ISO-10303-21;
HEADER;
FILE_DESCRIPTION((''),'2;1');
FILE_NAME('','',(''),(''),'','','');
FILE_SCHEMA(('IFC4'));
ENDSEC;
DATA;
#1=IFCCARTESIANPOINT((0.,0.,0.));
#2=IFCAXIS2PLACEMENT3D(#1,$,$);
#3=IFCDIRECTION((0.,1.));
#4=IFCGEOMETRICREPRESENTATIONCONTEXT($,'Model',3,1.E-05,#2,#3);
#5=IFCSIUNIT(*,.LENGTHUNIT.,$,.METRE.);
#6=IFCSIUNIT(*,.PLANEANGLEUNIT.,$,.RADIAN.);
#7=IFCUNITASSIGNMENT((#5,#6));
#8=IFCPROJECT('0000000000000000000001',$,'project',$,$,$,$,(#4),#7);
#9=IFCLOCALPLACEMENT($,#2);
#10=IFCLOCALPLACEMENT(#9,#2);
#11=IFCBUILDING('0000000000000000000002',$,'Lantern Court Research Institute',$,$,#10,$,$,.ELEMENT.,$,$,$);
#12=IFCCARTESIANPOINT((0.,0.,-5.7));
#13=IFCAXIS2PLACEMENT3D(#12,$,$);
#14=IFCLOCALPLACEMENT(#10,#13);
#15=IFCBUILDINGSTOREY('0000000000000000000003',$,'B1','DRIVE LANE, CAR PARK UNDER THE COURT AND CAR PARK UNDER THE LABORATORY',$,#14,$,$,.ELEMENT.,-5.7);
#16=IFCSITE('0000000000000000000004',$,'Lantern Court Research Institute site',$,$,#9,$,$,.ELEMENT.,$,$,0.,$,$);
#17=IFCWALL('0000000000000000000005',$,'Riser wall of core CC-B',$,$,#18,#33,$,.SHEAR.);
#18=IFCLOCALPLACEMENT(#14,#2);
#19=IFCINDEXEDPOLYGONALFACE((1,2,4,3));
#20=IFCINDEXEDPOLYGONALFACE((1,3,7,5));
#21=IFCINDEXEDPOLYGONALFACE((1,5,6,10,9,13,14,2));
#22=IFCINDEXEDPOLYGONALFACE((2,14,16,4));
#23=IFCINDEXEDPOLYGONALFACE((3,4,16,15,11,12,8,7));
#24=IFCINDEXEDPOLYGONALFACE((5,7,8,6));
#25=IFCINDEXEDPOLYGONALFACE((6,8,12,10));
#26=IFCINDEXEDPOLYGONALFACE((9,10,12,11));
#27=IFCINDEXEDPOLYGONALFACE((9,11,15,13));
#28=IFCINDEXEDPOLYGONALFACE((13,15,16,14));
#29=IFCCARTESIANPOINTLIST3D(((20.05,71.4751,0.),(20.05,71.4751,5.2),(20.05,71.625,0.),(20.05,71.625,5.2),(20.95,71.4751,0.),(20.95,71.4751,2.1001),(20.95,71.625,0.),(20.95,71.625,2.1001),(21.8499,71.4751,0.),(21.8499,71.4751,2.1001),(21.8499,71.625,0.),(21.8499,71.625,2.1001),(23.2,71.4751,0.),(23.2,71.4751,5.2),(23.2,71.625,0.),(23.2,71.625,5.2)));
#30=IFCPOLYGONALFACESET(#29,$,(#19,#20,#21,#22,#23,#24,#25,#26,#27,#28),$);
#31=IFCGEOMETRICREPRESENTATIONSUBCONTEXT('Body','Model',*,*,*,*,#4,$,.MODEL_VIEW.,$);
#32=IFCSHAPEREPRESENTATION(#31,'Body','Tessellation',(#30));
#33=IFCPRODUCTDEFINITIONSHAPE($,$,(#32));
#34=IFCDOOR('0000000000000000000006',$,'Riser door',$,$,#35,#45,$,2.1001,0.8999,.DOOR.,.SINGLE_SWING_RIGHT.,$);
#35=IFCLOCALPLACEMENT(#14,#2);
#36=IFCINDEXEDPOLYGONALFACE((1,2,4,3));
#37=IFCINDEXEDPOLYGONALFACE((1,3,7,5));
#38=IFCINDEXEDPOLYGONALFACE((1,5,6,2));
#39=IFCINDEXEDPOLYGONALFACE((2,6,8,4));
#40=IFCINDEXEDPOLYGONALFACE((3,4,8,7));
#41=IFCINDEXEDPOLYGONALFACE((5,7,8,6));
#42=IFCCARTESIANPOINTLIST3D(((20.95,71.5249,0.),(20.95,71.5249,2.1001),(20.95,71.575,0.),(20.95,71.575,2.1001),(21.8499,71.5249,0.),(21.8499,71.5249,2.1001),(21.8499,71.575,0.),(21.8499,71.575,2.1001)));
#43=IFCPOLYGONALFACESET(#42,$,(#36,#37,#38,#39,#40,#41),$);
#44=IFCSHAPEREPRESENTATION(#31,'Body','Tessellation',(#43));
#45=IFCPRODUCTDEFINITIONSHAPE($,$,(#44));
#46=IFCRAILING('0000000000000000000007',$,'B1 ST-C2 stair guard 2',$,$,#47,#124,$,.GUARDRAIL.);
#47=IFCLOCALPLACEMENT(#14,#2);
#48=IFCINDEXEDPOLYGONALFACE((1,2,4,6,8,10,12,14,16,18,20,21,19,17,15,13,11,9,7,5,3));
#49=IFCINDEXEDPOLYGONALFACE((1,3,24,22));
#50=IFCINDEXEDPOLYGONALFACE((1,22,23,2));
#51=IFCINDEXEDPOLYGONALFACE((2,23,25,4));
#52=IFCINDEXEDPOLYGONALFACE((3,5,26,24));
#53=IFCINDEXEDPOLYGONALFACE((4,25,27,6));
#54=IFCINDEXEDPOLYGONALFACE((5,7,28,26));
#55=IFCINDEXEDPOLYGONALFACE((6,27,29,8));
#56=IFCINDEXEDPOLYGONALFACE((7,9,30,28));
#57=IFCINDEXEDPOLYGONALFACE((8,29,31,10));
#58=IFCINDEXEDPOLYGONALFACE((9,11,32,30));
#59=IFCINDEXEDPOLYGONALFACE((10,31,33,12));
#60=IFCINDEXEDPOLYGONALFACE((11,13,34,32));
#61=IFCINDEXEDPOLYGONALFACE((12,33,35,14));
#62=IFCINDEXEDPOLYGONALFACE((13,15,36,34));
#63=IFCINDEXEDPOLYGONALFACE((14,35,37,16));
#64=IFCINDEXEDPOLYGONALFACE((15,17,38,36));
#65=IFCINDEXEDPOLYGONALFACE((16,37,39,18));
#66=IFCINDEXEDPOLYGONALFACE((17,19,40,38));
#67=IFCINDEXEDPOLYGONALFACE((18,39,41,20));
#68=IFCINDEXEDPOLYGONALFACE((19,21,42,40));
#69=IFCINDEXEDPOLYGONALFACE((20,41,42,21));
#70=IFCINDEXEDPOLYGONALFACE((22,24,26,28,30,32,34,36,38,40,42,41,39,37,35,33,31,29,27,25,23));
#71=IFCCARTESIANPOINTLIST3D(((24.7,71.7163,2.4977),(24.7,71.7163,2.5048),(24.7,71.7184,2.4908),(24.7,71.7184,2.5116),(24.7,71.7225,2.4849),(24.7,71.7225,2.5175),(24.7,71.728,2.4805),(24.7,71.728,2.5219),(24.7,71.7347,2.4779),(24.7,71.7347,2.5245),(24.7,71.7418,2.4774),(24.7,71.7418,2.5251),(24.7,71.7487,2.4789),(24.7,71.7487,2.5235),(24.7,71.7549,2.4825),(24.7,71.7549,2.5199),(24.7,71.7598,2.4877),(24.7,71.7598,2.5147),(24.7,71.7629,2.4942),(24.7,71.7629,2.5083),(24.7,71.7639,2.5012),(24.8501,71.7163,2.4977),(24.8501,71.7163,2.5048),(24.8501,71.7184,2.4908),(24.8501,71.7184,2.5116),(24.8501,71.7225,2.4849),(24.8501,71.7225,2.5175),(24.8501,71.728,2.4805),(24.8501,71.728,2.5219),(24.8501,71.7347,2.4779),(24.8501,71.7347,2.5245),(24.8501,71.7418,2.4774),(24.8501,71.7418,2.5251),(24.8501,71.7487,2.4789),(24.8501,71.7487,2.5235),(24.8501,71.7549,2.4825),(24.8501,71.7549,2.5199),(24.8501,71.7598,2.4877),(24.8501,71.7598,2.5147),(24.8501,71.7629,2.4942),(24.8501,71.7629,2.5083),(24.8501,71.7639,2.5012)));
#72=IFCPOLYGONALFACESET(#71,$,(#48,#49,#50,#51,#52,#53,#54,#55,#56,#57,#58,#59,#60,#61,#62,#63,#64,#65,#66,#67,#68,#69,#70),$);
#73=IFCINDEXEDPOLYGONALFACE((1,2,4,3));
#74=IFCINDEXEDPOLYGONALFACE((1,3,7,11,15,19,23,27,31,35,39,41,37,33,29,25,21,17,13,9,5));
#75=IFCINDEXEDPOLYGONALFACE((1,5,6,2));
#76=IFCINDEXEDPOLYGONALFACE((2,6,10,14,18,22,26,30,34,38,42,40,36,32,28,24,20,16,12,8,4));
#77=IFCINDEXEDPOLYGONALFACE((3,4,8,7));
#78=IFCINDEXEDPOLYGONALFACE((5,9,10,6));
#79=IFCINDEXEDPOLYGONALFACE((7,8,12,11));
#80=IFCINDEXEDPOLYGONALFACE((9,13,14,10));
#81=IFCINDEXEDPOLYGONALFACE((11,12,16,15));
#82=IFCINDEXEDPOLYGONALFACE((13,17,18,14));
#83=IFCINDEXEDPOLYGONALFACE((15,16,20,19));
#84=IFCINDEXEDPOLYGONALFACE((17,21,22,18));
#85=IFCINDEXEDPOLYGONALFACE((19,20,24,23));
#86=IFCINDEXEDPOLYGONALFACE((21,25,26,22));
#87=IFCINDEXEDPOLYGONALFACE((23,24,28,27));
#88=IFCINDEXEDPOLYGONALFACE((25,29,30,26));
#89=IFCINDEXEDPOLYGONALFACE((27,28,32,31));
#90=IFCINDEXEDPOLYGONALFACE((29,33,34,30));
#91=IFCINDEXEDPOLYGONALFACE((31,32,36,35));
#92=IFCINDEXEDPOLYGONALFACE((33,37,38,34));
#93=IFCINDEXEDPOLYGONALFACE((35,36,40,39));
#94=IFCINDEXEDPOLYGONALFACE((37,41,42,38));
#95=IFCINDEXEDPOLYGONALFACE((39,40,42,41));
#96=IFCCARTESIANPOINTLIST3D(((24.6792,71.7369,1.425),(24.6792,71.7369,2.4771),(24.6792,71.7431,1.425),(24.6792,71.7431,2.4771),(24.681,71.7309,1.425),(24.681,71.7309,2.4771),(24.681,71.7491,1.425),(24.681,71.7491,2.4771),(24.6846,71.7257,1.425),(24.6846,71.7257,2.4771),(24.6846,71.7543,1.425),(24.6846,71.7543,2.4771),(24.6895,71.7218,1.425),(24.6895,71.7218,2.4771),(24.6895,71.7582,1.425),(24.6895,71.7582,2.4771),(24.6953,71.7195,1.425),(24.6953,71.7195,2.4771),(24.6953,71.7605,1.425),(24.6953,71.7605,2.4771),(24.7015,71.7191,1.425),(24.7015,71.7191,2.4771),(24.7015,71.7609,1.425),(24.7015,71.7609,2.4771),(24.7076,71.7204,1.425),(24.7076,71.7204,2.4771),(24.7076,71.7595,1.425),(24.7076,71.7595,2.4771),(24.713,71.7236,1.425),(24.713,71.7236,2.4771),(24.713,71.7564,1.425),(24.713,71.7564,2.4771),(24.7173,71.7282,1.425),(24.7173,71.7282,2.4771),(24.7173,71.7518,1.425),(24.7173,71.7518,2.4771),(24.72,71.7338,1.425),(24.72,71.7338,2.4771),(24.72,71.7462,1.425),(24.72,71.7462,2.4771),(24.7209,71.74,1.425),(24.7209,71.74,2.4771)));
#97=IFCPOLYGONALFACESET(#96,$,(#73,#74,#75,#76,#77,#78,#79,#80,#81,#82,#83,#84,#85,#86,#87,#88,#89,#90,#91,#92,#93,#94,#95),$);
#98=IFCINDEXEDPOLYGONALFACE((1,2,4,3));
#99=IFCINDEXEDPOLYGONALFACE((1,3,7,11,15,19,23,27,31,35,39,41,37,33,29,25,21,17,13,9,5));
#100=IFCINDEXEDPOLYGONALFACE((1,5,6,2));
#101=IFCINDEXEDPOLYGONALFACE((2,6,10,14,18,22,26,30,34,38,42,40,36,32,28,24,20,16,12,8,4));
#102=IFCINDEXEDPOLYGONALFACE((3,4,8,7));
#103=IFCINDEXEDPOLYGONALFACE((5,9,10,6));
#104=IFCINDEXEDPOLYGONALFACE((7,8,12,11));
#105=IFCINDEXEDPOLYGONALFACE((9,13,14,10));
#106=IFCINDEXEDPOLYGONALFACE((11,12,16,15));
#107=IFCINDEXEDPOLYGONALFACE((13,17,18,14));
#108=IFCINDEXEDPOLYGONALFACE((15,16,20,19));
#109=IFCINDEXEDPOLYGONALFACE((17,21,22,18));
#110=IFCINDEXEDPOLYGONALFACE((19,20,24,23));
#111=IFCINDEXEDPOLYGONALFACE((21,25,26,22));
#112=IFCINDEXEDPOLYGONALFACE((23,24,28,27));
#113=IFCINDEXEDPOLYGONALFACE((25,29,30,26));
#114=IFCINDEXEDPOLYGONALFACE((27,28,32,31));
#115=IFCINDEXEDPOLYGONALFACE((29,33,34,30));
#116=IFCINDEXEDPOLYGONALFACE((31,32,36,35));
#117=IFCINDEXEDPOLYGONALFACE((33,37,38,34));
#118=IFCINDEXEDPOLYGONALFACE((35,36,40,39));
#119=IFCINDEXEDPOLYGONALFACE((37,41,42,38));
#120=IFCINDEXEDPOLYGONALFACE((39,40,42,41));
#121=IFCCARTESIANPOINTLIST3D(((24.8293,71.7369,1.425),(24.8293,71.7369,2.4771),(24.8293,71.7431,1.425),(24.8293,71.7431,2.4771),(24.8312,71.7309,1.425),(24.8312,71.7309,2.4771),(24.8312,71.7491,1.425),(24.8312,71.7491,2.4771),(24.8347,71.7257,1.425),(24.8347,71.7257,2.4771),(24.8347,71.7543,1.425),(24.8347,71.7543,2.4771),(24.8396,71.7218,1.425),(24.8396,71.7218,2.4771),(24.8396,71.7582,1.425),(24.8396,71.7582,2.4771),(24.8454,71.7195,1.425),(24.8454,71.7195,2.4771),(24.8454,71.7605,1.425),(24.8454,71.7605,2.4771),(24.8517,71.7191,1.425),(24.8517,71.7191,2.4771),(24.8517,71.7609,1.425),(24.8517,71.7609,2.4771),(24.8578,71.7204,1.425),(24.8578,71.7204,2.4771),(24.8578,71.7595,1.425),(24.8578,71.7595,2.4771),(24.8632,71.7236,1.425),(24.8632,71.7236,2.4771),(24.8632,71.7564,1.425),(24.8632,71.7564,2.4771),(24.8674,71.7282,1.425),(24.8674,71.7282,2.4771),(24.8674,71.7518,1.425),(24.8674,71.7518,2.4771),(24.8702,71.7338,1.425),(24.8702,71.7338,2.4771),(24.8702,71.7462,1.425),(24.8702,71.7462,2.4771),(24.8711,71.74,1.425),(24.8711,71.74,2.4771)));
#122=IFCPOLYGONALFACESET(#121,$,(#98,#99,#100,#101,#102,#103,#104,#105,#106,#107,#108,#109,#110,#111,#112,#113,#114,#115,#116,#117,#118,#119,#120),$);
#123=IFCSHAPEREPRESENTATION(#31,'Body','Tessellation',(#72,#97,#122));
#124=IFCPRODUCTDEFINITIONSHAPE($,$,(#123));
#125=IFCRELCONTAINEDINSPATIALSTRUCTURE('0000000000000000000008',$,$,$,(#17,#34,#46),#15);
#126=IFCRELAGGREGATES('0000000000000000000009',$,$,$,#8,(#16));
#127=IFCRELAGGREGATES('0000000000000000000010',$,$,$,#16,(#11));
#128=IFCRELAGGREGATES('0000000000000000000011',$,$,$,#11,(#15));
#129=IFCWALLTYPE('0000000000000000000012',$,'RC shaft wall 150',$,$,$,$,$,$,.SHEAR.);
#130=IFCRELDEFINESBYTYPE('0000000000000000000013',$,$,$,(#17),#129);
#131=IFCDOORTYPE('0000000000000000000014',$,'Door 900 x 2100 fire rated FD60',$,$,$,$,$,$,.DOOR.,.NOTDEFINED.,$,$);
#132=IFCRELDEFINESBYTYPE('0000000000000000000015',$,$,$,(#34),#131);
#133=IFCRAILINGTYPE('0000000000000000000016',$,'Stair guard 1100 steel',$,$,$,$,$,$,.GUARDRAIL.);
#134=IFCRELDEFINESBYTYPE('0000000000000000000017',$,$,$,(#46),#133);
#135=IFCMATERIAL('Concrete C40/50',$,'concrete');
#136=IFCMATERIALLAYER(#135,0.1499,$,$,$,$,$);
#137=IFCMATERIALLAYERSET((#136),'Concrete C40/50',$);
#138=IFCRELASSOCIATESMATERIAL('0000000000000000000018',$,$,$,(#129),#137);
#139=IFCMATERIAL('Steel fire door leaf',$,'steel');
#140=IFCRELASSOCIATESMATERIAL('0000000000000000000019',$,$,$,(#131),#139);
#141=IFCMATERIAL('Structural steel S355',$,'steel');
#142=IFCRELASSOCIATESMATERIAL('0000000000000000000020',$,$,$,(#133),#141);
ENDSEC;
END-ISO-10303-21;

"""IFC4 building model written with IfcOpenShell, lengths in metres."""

from ifc_helpers import new_model, si_unit, direction, frame, frame_2d, origin, origin_2d, place, context, subcontext, project, spatial, rectangle, circle, extrude, material, layer, layer_set, type_object, element, fill, save


model = new_model("IFC4")

# Units and contexts
model_context = context("Model", 3, precision=1e-05, world=origin(), true_north=direction((0.0, 1.0)))
body_context = subcontext(model_context, "Body", "Model", "MODEL_VIEW")
ifc_project = project(units=[si_unit("LENGTHUNIT", "METRE"), si_unit("PLANEANGLEUNIT", "RADIAN")], contexts=[model_context])

# Site, building, storey
site_placement = place(None, origin())
site = spatial("IfcSite", under=ifc_project, at=site_placement, Name="Lantern Court Research Institute site", CompositionType="ELEMENT", RefElevation=0.0)
building_placement = place(site_placement, origin())
building = spatial("IfcBuilding", under=site, at=building_placement, Name="Lantern Court Research Institute", CompositionType="ELEMENT")
storey_placement = place(building_placement, frame((0.0, 0.0, -5.7)))
storey = spatial("IfcBuildingStorey", under=building, at=storey_placement, Name="B1", Description="DRIVE LANE, CAR PARK UNDER THE COURT AND CAR PARK UNDER THE LABORATORY", CompositionType="ELEMENT", Elevation=-5.7)

# Wall, opening, door
ifc_material_1 = material(Name="Concrete C40/50", Category="concrete")
ifc_layer_1 = layer(ifc_material_1, 0.1499)
ifc_layer_set_1 = layer_set([ifc_layer_1], Name="Concrete C40/50")
wall_type_1 = type_object("IfcWallType", Name="RC shaft wall 150", PredefinedType="SHEAR", material=ifc_layer_set_1)
wall_1_placement = place(storey_placement, frame((20.05, 71.55, 0.0), z_axis=(0.0, 0.0, 1.0), x_axis=(1.0, 0.0, 0.0)))
wall_1 = element("IfcWall", 1, at=wall_1_placement, inside=storey, type_object=wall_type_1, Name="Riser wall of core CC-B", PredefinedType="SHEAR", context=body_context, shape_type="SweptSolid", body=[
    extrude(rectangle(XDim=3.1499, YDim=0.1499, at=frame_2d((1.575, 0.0))), origin(), (0.0, 0.0, 1.0), 5.2),
])
opening_placement = place(wall_1_placement, frame((0.8999, 0.0, 0.0)))
opening = element("IfcOpeningElement", 2, at=opening_placement, cuts=wall_1, PredefinedType="OPENING", context=body_context, shape_type="SweptSolid", body=[
    extrude(rectangle(XDim=0.8999, YDim=2.1001, at=frame_2d((0.45, 1.05))), frame((0.0, 0.085, 0.0), z_axis=(0.0, -1.0, 0.0), x_axis=(1.0, 0.0, 0.0)), (0.0, 0.0, 1.0), 0.1699),
])
ifc_material_2 = material(Name="Steel fire door leaf", Category="steel")
door_type = type_object("IfcDoorType", Name="Door 900 x 2100 fire rated FD60", OperationType="NOTDEFINED", PredefinedType="DOOR", material=ifc_material_2)
door_placement = place(opening_placement, origin())
door = element("IfcDoor", 3, at=door_placement, inside=storey, type_object=door_type, Name="Riser door", OperationType="SINGLE_SWING_RIGHT", OverallHeight=2.1001, OverallWidth=0.8999, PredefinedType="DOOR", context=body_context, shape_type="SweptSolid", body=[
    extrude(rectangle(XDim=0.8999, YDim=2.1001, at=frame_2d((0.45, 1.05))), frame((0.0, 0.0249, 0.0), z_axis=(0.0, -1.0, 0.0), x_axis=(1.0, 0.0, 0.0)), (0.0, 0.0, 1.0), 0.05),
])
fill(opening, door)

# Railing
ifc_material_3 = material(Name="Structural steel S355", Category="steel")
railing_type = type_object("IfcRailingType", Name="Stair guard 1100 steel", PredefinedType="GUARDRAIL", material=ifc_material_3)
railing_1_placement = place(storey_placement, frame((24.7, 71.74, 1.425)))
element("IfcRailing", 4, at=railing_1_placement, inside=storey, type_object=railing_type, Name="B1 ST-C2 stair guard 2", PredefinedType="GUARDRAIL", context=body_context, shape_type="SweptSolid", body=[
    extrude(circle(Radius=0.0239, at=origin_2d()), frame((0.0, 0.0, 1.0762), z_axis=(1.0, 0.0, 0.0), x_axis=(0.0, 1.0, 0.0)), (0.0, 0.0, 1.0), 0.1501),
    extrude(circle(Radius=0.021, at=origin_2d()), origin(), (0.0, 0.0, 1.0), 1.052),
    extrude(circle(Radius=0.021, at=origin_2d()), frame((0.1501, 0.0, 0.0)), (0.0, 0.0, 1.0), 1.052),
])

save(model, "model.ifc")
